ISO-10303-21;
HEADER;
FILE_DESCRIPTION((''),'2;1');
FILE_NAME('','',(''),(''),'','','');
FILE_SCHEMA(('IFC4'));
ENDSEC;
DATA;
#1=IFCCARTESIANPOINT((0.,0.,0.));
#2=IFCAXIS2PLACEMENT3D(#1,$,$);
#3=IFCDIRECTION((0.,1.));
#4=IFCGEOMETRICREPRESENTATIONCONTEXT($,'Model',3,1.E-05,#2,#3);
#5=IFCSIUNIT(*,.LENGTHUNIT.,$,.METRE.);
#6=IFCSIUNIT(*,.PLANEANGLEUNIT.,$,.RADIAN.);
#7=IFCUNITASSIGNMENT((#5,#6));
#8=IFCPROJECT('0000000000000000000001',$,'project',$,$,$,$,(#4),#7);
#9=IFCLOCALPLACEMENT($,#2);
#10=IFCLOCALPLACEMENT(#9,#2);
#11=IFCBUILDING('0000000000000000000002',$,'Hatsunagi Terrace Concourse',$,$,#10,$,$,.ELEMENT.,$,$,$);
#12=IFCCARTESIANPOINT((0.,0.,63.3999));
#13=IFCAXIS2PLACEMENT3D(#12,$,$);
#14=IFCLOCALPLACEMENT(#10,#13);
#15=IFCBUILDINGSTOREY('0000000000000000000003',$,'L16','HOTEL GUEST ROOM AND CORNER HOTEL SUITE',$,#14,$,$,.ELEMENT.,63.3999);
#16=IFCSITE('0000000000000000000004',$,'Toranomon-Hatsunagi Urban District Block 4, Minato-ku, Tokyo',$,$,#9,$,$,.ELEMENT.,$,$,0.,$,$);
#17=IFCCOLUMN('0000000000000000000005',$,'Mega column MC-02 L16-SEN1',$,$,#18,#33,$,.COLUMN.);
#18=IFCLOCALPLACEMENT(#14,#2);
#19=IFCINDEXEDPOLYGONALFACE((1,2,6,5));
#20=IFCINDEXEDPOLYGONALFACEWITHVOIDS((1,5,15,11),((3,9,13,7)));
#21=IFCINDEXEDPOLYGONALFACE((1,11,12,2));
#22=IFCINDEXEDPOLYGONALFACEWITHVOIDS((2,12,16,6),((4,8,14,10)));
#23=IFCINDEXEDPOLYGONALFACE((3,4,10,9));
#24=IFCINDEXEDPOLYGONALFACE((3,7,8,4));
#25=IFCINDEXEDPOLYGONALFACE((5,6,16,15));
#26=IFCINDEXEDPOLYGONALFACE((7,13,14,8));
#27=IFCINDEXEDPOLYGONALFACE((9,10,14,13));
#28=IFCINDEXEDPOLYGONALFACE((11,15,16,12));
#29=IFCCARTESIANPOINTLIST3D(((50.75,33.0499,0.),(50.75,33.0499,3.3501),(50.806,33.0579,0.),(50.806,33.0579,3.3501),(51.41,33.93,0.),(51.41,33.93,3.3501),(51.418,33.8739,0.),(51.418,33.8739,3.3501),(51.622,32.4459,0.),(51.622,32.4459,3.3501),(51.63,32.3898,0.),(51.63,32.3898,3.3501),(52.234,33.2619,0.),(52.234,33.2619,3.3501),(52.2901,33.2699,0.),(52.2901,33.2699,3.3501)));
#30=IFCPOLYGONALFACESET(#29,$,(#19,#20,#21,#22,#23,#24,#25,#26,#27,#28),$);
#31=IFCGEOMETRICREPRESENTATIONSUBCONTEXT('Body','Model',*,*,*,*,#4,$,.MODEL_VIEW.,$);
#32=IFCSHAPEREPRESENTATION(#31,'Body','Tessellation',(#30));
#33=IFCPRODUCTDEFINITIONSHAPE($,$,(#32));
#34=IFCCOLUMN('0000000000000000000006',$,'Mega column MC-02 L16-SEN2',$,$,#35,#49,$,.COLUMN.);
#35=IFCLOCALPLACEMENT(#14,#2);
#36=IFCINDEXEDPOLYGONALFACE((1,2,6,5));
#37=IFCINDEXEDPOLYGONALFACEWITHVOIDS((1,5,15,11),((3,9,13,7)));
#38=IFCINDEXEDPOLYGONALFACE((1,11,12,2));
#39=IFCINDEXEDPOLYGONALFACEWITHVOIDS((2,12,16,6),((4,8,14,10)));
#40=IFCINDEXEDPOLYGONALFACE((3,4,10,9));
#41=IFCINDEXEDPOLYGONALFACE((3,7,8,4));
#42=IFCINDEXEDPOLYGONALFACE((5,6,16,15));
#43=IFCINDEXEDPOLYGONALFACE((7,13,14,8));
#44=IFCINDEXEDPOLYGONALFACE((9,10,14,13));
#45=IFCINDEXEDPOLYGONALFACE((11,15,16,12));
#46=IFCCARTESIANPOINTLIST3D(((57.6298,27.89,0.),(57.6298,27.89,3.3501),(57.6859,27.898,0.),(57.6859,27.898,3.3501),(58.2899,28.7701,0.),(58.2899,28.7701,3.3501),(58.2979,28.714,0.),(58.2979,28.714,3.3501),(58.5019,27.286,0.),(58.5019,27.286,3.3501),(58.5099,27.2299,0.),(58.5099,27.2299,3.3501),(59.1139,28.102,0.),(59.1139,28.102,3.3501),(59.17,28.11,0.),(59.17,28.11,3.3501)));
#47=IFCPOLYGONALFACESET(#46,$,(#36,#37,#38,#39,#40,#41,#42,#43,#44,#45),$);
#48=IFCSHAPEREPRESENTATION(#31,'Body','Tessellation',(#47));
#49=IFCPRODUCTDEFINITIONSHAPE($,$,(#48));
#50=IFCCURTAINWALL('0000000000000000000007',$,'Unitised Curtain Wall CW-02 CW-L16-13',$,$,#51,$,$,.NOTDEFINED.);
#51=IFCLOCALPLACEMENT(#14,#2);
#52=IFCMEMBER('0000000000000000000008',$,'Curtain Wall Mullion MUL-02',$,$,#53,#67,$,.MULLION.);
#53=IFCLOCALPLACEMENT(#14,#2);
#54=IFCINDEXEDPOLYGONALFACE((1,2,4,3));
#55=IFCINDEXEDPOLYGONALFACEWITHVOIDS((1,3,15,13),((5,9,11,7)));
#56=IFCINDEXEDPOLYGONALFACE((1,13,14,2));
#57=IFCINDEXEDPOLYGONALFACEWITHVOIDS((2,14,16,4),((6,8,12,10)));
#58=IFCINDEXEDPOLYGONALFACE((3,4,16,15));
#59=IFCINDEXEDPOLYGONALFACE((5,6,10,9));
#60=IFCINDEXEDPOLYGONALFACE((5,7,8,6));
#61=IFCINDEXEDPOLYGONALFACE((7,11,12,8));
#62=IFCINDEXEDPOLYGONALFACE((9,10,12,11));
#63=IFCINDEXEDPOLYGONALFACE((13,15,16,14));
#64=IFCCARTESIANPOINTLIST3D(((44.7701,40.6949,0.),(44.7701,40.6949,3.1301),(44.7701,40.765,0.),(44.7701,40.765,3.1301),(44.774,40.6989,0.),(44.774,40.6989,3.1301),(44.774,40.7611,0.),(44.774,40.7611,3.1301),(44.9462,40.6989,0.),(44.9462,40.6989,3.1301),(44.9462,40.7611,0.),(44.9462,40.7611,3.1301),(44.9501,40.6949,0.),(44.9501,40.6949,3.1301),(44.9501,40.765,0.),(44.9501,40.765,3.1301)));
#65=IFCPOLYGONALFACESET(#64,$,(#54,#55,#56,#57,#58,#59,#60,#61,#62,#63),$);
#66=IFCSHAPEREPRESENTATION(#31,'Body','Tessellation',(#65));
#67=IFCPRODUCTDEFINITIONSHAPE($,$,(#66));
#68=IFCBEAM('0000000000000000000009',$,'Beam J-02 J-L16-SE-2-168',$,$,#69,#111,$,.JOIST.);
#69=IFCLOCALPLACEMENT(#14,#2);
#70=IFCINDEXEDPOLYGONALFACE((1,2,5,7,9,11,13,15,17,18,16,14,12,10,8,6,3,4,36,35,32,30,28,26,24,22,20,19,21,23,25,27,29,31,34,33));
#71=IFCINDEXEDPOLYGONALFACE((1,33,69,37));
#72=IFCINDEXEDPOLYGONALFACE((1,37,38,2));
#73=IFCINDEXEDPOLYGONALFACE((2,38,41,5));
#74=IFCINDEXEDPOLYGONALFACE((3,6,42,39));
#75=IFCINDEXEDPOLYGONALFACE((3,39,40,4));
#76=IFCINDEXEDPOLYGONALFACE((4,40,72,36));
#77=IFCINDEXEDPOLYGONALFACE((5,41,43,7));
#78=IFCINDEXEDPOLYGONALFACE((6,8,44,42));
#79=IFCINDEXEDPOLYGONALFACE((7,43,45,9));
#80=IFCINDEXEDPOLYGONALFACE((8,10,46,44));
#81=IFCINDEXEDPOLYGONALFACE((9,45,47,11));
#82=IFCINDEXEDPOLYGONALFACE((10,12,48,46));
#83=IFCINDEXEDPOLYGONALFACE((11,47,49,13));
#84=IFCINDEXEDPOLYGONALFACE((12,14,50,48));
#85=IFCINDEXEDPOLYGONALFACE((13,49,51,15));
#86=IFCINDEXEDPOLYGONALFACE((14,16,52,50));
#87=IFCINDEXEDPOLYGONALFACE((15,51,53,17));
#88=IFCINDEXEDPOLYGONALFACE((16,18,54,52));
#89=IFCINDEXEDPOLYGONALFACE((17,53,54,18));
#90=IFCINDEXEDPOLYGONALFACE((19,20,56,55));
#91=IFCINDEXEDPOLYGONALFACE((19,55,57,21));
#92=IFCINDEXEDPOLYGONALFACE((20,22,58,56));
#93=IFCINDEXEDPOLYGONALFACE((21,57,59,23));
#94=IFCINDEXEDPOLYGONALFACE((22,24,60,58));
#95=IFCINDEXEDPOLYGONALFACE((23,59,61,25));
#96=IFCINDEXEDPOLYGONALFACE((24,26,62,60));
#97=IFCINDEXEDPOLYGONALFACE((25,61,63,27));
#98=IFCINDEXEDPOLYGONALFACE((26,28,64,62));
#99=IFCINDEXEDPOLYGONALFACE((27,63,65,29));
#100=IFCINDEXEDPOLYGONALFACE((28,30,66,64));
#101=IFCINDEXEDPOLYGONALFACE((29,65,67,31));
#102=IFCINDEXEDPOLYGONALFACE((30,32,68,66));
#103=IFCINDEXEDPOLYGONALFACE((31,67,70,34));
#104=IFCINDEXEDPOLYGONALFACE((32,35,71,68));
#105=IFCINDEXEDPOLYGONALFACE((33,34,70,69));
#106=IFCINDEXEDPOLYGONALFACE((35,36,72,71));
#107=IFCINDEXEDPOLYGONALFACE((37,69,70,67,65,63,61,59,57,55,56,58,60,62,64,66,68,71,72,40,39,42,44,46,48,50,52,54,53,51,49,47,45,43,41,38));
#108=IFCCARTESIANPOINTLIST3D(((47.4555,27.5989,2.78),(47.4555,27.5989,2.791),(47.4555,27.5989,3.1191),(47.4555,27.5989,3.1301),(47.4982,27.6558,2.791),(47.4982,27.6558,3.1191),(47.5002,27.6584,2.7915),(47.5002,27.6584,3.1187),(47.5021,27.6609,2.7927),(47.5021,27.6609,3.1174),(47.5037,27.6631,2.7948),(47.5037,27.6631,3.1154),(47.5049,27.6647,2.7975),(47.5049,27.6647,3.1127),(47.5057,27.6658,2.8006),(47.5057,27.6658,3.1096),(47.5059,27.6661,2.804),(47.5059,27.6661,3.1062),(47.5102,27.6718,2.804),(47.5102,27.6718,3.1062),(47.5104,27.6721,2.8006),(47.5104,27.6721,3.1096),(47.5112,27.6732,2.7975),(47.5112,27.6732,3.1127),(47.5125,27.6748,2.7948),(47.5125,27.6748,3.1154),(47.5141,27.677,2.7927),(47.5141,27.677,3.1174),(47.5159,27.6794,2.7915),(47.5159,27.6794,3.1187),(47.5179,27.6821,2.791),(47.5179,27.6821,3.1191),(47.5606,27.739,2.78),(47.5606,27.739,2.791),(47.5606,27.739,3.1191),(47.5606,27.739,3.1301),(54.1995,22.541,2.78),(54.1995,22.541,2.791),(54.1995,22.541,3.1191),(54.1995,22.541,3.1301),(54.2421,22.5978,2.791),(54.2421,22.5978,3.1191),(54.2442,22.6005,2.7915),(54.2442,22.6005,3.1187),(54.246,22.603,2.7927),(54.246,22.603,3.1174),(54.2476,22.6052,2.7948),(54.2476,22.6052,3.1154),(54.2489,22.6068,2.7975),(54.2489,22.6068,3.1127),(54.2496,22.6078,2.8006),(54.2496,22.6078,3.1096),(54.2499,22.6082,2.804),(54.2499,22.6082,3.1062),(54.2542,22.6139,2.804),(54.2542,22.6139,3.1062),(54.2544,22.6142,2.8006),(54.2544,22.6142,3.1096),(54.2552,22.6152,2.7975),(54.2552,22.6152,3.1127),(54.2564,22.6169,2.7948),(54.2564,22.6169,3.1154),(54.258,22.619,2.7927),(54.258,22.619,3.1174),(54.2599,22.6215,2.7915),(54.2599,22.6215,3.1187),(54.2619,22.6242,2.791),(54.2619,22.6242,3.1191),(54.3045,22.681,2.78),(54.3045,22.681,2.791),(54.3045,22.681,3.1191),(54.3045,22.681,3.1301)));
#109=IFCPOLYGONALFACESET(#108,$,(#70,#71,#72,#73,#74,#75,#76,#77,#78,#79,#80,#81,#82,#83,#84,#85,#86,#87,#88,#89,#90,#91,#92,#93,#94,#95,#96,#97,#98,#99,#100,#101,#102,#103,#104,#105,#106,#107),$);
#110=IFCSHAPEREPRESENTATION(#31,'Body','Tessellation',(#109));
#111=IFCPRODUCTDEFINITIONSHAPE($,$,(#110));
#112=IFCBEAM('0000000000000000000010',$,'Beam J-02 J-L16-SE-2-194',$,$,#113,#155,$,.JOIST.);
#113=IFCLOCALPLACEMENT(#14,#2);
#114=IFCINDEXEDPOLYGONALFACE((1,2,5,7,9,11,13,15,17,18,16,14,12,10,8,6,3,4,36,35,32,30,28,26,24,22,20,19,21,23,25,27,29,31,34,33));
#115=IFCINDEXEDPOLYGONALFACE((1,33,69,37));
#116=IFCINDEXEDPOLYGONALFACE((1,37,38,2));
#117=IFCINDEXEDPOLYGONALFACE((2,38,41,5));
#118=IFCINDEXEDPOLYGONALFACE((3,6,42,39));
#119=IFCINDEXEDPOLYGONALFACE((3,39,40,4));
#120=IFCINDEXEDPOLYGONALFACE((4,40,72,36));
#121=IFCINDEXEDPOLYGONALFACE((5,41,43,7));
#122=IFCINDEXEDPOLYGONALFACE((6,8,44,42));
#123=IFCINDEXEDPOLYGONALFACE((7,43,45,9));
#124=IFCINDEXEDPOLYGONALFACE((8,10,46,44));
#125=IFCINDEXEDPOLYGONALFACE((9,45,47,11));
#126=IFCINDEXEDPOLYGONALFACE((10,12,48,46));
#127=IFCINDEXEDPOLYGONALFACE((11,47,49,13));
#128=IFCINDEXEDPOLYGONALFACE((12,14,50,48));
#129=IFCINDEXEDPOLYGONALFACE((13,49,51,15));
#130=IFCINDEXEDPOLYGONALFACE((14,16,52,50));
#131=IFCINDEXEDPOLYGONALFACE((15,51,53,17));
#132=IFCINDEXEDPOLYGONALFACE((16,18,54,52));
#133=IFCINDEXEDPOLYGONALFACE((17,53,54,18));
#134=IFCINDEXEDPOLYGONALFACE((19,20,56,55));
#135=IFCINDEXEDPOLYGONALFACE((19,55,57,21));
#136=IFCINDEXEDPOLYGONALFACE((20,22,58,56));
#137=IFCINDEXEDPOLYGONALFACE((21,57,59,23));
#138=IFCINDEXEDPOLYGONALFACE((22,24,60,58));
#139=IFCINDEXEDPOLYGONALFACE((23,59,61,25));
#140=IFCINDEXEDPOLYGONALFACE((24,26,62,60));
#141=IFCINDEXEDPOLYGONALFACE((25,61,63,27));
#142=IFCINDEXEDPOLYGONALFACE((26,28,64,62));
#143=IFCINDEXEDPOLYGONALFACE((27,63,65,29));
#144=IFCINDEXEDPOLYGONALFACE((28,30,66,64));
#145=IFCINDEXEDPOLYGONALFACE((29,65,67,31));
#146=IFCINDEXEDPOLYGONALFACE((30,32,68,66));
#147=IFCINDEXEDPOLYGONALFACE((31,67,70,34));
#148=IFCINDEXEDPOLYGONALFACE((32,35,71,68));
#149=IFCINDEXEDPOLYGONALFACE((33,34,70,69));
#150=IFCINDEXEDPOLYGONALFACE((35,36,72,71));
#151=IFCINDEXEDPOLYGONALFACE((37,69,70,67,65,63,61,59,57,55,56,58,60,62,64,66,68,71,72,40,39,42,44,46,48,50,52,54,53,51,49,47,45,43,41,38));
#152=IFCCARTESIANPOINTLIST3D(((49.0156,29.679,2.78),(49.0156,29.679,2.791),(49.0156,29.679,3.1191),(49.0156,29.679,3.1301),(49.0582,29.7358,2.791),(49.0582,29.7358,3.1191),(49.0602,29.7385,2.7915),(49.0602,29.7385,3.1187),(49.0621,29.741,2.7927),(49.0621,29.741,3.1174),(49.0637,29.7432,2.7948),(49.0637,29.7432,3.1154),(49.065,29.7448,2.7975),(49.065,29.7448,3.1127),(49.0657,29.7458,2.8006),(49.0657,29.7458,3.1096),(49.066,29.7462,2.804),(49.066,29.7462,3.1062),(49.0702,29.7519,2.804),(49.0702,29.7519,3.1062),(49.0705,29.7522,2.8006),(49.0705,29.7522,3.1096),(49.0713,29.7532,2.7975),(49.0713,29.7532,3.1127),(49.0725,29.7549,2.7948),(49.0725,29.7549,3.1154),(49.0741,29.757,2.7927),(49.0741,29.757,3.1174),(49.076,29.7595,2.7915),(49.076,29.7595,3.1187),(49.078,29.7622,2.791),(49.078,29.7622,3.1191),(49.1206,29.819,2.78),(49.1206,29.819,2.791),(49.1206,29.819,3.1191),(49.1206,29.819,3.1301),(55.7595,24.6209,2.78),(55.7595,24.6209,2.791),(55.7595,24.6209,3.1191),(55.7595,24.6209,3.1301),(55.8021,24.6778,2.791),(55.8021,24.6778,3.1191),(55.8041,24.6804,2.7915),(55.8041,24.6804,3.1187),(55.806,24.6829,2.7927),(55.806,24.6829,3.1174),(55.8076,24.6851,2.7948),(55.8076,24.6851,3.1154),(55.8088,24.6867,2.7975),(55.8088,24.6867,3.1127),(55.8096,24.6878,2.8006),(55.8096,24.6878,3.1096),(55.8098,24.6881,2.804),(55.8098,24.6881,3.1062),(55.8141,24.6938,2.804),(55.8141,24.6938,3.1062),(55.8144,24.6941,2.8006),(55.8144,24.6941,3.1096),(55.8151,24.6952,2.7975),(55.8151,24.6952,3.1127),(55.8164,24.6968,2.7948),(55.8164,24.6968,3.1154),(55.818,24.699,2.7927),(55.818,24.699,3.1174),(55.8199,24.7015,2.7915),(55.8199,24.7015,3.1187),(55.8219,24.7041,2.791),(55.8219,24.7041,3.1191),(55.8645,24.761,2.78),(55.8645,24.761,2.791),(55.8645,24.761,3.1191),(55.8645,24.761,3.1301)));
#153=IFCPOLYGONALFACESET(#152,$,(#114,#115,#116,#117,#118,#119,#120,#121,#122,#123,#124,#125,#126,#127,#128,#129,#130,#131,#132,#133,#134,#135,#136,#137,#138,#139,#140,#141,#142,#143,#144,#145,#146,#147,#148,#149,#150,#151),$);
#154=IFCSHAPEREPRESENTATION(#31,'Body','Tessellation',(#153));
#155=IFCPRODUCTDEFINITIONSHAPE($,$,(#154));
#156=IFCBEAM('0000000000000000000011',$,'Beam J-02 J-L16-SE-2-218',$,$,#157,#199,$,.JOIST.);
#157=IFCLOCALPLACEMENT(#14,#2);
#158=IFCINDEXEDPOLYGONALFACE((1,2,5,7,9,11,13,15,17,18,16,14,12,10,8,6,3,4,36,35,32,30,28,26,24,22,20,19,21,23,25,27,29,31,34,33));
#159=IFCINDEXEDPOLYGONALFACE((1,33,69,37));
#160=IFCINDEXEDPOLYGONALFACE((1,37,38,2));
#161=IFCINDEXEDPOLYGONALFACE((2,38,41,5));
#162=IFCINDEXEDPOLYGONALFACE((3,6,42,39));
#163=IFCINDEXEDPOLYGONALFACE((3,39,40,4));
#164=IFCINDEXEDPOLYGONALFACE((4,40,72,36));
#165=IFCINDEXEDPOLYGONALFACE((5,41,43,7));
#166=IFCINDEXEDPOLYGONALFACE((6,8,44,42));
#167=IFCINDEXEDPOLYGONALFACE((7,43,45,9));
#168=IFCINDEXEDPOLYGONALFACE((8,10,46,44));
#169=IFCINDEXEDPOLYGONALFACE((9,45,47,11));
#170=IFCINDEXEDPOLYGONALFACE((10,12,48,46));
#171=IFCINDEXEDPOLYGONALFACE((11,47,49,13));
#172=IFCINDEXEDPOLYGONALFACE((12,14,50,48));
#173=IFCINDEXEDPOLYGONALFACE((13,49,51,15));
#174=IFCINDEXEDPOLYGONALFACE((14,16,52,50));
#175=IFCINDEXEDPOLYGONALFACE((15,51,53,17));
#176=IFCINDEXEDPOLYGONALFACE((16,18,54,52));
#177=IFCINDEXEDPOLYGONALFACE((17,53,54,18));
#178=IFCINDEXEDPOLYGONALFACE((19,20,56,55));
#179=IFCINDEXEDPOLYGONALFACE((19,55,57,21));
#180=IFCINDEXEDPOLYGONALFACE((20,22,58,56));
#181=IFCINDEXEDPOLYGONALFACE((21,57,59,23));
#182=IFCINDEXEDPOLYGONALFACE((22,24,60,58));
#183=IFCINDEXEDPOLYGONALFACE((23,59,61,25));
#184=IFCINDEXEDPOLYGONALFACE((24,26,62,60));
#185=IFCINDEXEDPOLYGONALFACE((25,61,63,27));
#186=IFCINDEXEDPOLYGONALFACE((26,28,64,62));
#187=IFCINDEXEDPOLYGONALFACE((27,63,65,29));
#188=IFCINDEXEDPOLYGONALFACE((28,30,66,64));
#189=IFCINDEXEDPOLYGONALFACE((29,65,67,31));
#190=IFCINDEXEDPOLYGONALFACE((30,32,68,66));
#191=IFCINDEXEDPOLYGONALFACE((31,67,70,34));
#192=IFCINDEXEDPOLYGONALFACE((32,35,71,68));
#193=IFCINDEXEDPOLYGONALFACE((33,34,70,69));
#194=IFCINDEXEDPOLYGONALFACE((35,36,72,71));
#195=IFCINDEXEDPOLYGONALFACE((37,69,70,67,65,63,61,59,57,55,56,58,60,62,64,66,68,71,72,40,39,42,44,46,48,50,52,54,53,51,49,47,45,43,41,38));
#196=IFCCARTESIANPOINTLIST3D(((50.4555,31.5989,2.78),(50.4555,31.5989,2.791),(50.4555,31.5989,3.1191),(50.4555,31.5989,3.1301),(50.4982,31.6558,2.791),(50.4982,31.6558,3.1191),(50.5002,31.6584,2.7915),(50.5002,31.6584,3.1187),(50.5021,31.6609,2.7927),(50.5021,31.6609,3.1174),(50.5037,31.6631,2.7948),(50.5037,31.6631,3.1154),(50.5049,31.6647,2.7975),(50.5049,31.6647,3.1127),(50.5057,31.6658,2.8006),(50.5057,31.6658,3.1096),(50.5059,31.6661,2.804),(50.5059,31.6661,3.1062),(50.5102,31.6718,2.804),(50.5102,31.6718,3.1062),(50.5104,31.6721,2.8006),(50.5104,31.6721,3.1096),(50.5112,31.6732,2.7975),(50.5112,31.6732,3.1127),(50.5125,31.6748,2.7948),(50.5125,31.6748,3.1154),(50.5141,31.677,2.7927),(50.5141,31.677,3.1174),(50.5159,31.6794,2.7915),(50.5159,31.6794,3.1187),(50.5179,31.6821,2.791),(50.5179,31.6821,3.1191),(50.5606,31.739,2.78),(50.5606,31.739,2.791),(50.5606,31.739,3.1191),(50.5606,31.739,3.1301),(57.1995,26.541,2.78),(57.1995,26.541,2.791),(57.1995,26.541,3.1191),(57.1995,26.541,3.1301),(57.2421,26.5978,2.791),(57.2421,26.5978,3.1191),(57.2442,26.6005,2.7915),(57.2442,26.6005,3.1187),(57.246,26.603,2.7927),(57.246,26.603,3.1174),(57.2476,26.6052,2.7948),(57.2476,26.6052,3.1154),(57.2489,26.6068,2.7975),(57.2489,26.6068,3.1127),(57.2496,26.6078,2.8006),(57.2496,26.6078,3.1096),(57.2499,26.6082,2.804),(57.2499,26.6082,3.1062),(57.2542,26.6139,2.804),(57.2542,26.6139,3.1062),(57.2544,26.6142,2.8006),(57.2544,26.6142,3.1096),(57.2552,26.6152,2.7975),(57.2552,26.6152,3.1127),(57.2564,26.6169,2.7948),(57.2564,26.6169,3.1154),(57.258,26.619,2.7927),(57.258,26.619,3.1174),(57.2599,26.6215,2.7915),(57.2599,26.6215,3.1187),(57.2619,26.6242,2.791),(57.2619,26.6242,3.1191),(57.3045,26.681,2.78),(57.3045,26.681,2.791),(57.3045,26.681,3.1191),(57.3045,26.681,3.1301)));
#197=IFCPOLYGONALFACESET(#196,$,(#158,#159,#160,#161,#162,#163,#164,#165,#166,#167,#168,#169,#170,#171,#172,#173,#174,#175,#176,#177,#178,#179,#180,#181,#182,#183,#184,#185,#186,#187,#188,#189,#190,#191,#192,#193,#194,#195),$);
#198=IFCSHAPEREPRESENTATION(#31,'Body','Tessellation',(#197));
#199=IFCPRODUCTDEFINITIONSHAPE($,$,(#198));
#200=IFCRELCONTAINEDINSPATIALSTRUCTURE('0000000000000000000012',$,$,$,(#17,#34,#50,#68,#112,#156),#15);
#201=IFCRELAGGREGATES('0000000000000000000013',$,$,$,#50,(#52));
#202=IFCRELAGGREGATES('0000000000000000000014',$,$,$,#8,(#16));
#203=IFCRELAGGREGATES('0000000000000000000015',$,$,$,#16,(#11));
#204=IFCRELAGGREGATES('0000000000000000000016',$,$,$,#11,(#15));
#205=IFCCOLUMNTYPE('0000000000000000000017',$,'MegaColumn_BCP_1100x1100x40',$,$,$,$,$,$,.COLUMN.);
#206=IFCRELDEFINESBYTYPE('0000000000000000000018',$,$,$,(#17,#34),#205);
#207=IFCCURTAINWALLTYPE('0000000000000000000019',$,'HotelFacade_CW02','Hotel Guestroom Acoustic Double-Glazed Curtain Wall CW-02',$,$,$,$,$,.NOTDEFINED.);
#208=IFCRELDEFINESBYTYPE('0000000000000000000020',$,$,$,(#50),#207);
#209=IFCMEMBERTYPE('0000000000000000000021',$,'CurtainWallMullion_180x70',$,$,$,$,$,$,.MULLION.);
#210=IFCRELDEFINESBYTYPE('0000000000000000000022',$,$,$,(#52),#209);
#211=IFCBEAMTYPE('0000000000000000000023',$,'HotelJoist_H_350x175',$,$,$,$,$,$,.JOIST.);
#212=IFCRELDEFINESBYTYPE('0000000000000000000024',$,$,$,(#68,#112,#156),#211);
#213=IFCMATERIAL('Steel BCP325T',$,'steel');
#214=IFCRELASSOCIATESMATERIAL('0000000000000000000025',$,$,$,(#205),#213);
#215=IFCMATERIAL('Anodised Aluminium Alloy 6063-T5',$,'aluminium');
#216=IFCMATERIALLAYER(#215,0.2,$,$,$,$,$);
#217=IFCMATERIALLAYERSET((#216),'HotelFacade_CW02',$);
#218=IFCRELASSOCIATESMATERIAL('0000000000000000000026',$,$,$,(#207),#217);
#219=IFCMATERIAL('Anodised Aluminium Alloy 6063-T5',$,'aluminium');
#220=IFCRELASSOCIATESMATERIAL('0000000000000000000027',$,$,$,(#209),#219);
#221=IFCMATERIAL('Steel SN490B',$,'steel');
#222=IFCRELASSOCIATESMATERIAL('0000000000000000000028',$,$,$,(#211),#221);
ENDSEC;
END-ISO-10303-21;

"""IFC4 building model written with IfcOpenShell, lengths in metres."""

from ifc_helpers import new_model, si_unit, direction, frame, origin, origin_2d, place, context, subcontext, project, spatial, hollow_rectangle, i_section, extrude, material, layer, layer_set, material_profile, profile_set, type_object, element, aggregate, save


model = new_model("IFC4")

# Units and contexts
model_context = context("Model", 3, precision=1e-05, world=origin(), true_north=direction((0.0, 1.0)))
body_context = subcontext(model_context, "Body", "Model", "MODEL_VIEW")
ifc_project = project(units=[si_unit("LENGTHUNIT", "METRE"), si_unit("PLANEANGLEUNIT", "RADIAN")], contexts=[model_context])

# Site, building, storey
site_placement = place(None, origin())
site = spatial("IfcSite", under=ifc_project, at=site_placement, Name="Toranomon-Hatsunagi Urban District Block 4, Minato-ku, Tokyo", CompositionType="ELEMENT", RefElevation=0.0)
building_placement = place(site_placement, origin())
building = spatial("IfcBuilding", under=site, at=building_placement, Name="Hatsunagi Terrace Concourse", CompositionType="ELEMENT")
storey_placement = place(building_placement, frame((0.0, 0.0, 63.3999)))
storey = spatial("IfcBuildingStorey", under=building, at=storey_placement, Name="L16", Description="HOTEL GUEST ROOM AND CORNER HOTEL SUITE", CompositionType="ELEMENT", Elevation=63.3999)

# Columns
ifc_material_1 = material(Name="Steel BCP325T", Category="steel")
ifc_material_profile_1 = material_profile(ifc_material_1, hollow_rectangle(XDim=1.1001, YDim=1.1001, WallThickness=0.04, at=origin_2d()), Name="BCP-1100x1100x40")
ifc_profile_set_1 = profile_set([ifc_material_profile_1], Name="Steel BCP325T")
column_type = type_object("IfcColumnType", Name="MegaColumn_BCP_1100x1100x40", PredefinedType="COLUMN", material=ifc_profile_set_1)
for number, where, z_axis, x_axis, name in (
    (1, (51.52, 33.1599, 0.0), (0.0, 0.0, 1.0), (0.8, -0.6, 0.0), "Mega column MC-02 L16-SEN1"),
    (2, (58.3999, 28.0, 0.0), (0.0, 0.0, 1.0), (0.8, -0.6, 0.0), "Mega column MC-02 L16-SEN2"),
):
    element("IfcColumn", number, at=place(storey_placement, frame(where, z_axis=z_axis, x_axis=x_axis)), inside=storey, type_object=column_type, Name=name, PredefinedType="COLUMN", context=body_context, shape_type="SweptSolid", body=[
        extrude(hollow_rectangle(XDim=1.1001, YDim=1.1001, WallThickness=0.04, at=origin_2d()), origin(), (0.0, 0.0, 1.0), 3.3501),
    ])

# Curtain wall, member
ifc_material_2 = material(Name="Anodised Aluminium Alloy 6063-T5", Category="aluminium")
ifc_layer_1 = layer(ifc_material_2, 0.2)
ifc_layer_set_1 = layer_set([ifc_layer_1], Name="HotelFacade_CW02")
curtain_wall_type = type_object("IfcCurtainWallType", Name="HotelFacade_CW02", Description="Hotel Guestroom Acoustic Double-Glazed Curtain Wall CW-02", PredefinedType="NOTDEFINED", material=ifc_layer_set_1)
curtain_wall_placement = place(storey_placement, origin())
curtain_wall = element("IfcCurtainWall", 3, at=curtain_wall_placement, inside=storey, type_object=curtain_wall_type, Name="Unitised Curtain Wall CW-02 CW-L16-13", PredefinedType="NOTDEFINED")
ifc_material_3 = material(Name="Anodised Aluminium Alloy 6063-T5", Category="aluminium")
ifc_material_profile_2 = material_profile(ifc_material_3, hollow_rectangle(XDim=0.0701, YDim=0.1799, WallThickness=0.0039, at=origin_2d()), Name="ALU-MUL-180x70x4")
ifc_profile_set_2 = profile_set([ifc_material_profile_2], Name="Anodised Aluminium Alloy 6063-T5")
member_type = type_object("IfcMemberType", Name="CurtainWallMullion_180x70", PredefinedType="MULLION", material=ifc_profile_set_2)
member_placement = place(storey_placement, frame((44.8601, 40.73, 0.0), z_axis=(0.0, 0.0, 1.0), x_axis=(0.0, -1.0, 0.0)))
member = element("IfcMember", 4, at=member_placement, type_object=member_type, Name="Curtain Wall Mullion MUL-02", PredefinedType="MULLION", context=body_context, shape_type="SweptSolid", body=[
    extrude(hollow_rectangle(XDim=0.0701, YDim=0.1799, WallThickness=0.0039, at=origin_2d()), origin(), (0.0, 0.0, 1.0), 3.1301),
])

# Beams
ifc_material_4 = material(Name="Steel SN490B", Category="steel")
ifc_material_profile_3 = material_profile(ifc_material_4, i_section(OverallWidth=0.175, OverallDepth=0.3501, WebThickness=0.0071, FlangeThickness=0.011, FilletRadius=0.0129, at=origin_2d()), Name="H-350x175x7x11")
ifc_profile_set_3 = profile_set([ifc_material_profile_3], Name="Steel SN490B")
beam_type_1 = type_object("IfcBeamType", Name="HotelJoist_H_350x175", PredefinedType="JOIST", material=ifc_profile_set_3)
for number, where, z_axis, x_axis, name in (
    (5, (47.5081, 27.6689, 2.9551), (0.800003, -0.599995, 0.0), (0.599995, 0.800003, 0.0), "Beam J-02 J-L16-SE-2-168"),
    (6, (49.0681, 29.749, 2.9551), (0.79999, -0.600014, 0.0), (0.600014, 0.79999, 0.0), "Beam J-02 J-L16-SE-2-194"),
    (7, (50.5081, 31.6689, 2.9551), (0.800003, -0.599995, 0.0), (0.599995, 0.800003, 0.0), "Beam J-02 J-L16-SE-2-218"),
):
    element("IfcBeam", number, at=place(storey_placement, frame(where, z_axis=z_axis, x_axis=x_axis)), inside=storey, type_object=beam_type_1, Name=name, PredefinedType="JOIST", context=body_context, shape_type="SweptSolid", body=[
        extrude(i_section(OverallWidth=0.175, OverallDepth=0.3501, WebThickness=0.0071, FlangeThickness=0.011, FilletRadius=0.0129, at=origin_2d()), origin(), (0.0, 0.0, 1.0), 8.4299),
    ])

aggregate(curtain_wall, [member])

save(model, "model.ifc")
